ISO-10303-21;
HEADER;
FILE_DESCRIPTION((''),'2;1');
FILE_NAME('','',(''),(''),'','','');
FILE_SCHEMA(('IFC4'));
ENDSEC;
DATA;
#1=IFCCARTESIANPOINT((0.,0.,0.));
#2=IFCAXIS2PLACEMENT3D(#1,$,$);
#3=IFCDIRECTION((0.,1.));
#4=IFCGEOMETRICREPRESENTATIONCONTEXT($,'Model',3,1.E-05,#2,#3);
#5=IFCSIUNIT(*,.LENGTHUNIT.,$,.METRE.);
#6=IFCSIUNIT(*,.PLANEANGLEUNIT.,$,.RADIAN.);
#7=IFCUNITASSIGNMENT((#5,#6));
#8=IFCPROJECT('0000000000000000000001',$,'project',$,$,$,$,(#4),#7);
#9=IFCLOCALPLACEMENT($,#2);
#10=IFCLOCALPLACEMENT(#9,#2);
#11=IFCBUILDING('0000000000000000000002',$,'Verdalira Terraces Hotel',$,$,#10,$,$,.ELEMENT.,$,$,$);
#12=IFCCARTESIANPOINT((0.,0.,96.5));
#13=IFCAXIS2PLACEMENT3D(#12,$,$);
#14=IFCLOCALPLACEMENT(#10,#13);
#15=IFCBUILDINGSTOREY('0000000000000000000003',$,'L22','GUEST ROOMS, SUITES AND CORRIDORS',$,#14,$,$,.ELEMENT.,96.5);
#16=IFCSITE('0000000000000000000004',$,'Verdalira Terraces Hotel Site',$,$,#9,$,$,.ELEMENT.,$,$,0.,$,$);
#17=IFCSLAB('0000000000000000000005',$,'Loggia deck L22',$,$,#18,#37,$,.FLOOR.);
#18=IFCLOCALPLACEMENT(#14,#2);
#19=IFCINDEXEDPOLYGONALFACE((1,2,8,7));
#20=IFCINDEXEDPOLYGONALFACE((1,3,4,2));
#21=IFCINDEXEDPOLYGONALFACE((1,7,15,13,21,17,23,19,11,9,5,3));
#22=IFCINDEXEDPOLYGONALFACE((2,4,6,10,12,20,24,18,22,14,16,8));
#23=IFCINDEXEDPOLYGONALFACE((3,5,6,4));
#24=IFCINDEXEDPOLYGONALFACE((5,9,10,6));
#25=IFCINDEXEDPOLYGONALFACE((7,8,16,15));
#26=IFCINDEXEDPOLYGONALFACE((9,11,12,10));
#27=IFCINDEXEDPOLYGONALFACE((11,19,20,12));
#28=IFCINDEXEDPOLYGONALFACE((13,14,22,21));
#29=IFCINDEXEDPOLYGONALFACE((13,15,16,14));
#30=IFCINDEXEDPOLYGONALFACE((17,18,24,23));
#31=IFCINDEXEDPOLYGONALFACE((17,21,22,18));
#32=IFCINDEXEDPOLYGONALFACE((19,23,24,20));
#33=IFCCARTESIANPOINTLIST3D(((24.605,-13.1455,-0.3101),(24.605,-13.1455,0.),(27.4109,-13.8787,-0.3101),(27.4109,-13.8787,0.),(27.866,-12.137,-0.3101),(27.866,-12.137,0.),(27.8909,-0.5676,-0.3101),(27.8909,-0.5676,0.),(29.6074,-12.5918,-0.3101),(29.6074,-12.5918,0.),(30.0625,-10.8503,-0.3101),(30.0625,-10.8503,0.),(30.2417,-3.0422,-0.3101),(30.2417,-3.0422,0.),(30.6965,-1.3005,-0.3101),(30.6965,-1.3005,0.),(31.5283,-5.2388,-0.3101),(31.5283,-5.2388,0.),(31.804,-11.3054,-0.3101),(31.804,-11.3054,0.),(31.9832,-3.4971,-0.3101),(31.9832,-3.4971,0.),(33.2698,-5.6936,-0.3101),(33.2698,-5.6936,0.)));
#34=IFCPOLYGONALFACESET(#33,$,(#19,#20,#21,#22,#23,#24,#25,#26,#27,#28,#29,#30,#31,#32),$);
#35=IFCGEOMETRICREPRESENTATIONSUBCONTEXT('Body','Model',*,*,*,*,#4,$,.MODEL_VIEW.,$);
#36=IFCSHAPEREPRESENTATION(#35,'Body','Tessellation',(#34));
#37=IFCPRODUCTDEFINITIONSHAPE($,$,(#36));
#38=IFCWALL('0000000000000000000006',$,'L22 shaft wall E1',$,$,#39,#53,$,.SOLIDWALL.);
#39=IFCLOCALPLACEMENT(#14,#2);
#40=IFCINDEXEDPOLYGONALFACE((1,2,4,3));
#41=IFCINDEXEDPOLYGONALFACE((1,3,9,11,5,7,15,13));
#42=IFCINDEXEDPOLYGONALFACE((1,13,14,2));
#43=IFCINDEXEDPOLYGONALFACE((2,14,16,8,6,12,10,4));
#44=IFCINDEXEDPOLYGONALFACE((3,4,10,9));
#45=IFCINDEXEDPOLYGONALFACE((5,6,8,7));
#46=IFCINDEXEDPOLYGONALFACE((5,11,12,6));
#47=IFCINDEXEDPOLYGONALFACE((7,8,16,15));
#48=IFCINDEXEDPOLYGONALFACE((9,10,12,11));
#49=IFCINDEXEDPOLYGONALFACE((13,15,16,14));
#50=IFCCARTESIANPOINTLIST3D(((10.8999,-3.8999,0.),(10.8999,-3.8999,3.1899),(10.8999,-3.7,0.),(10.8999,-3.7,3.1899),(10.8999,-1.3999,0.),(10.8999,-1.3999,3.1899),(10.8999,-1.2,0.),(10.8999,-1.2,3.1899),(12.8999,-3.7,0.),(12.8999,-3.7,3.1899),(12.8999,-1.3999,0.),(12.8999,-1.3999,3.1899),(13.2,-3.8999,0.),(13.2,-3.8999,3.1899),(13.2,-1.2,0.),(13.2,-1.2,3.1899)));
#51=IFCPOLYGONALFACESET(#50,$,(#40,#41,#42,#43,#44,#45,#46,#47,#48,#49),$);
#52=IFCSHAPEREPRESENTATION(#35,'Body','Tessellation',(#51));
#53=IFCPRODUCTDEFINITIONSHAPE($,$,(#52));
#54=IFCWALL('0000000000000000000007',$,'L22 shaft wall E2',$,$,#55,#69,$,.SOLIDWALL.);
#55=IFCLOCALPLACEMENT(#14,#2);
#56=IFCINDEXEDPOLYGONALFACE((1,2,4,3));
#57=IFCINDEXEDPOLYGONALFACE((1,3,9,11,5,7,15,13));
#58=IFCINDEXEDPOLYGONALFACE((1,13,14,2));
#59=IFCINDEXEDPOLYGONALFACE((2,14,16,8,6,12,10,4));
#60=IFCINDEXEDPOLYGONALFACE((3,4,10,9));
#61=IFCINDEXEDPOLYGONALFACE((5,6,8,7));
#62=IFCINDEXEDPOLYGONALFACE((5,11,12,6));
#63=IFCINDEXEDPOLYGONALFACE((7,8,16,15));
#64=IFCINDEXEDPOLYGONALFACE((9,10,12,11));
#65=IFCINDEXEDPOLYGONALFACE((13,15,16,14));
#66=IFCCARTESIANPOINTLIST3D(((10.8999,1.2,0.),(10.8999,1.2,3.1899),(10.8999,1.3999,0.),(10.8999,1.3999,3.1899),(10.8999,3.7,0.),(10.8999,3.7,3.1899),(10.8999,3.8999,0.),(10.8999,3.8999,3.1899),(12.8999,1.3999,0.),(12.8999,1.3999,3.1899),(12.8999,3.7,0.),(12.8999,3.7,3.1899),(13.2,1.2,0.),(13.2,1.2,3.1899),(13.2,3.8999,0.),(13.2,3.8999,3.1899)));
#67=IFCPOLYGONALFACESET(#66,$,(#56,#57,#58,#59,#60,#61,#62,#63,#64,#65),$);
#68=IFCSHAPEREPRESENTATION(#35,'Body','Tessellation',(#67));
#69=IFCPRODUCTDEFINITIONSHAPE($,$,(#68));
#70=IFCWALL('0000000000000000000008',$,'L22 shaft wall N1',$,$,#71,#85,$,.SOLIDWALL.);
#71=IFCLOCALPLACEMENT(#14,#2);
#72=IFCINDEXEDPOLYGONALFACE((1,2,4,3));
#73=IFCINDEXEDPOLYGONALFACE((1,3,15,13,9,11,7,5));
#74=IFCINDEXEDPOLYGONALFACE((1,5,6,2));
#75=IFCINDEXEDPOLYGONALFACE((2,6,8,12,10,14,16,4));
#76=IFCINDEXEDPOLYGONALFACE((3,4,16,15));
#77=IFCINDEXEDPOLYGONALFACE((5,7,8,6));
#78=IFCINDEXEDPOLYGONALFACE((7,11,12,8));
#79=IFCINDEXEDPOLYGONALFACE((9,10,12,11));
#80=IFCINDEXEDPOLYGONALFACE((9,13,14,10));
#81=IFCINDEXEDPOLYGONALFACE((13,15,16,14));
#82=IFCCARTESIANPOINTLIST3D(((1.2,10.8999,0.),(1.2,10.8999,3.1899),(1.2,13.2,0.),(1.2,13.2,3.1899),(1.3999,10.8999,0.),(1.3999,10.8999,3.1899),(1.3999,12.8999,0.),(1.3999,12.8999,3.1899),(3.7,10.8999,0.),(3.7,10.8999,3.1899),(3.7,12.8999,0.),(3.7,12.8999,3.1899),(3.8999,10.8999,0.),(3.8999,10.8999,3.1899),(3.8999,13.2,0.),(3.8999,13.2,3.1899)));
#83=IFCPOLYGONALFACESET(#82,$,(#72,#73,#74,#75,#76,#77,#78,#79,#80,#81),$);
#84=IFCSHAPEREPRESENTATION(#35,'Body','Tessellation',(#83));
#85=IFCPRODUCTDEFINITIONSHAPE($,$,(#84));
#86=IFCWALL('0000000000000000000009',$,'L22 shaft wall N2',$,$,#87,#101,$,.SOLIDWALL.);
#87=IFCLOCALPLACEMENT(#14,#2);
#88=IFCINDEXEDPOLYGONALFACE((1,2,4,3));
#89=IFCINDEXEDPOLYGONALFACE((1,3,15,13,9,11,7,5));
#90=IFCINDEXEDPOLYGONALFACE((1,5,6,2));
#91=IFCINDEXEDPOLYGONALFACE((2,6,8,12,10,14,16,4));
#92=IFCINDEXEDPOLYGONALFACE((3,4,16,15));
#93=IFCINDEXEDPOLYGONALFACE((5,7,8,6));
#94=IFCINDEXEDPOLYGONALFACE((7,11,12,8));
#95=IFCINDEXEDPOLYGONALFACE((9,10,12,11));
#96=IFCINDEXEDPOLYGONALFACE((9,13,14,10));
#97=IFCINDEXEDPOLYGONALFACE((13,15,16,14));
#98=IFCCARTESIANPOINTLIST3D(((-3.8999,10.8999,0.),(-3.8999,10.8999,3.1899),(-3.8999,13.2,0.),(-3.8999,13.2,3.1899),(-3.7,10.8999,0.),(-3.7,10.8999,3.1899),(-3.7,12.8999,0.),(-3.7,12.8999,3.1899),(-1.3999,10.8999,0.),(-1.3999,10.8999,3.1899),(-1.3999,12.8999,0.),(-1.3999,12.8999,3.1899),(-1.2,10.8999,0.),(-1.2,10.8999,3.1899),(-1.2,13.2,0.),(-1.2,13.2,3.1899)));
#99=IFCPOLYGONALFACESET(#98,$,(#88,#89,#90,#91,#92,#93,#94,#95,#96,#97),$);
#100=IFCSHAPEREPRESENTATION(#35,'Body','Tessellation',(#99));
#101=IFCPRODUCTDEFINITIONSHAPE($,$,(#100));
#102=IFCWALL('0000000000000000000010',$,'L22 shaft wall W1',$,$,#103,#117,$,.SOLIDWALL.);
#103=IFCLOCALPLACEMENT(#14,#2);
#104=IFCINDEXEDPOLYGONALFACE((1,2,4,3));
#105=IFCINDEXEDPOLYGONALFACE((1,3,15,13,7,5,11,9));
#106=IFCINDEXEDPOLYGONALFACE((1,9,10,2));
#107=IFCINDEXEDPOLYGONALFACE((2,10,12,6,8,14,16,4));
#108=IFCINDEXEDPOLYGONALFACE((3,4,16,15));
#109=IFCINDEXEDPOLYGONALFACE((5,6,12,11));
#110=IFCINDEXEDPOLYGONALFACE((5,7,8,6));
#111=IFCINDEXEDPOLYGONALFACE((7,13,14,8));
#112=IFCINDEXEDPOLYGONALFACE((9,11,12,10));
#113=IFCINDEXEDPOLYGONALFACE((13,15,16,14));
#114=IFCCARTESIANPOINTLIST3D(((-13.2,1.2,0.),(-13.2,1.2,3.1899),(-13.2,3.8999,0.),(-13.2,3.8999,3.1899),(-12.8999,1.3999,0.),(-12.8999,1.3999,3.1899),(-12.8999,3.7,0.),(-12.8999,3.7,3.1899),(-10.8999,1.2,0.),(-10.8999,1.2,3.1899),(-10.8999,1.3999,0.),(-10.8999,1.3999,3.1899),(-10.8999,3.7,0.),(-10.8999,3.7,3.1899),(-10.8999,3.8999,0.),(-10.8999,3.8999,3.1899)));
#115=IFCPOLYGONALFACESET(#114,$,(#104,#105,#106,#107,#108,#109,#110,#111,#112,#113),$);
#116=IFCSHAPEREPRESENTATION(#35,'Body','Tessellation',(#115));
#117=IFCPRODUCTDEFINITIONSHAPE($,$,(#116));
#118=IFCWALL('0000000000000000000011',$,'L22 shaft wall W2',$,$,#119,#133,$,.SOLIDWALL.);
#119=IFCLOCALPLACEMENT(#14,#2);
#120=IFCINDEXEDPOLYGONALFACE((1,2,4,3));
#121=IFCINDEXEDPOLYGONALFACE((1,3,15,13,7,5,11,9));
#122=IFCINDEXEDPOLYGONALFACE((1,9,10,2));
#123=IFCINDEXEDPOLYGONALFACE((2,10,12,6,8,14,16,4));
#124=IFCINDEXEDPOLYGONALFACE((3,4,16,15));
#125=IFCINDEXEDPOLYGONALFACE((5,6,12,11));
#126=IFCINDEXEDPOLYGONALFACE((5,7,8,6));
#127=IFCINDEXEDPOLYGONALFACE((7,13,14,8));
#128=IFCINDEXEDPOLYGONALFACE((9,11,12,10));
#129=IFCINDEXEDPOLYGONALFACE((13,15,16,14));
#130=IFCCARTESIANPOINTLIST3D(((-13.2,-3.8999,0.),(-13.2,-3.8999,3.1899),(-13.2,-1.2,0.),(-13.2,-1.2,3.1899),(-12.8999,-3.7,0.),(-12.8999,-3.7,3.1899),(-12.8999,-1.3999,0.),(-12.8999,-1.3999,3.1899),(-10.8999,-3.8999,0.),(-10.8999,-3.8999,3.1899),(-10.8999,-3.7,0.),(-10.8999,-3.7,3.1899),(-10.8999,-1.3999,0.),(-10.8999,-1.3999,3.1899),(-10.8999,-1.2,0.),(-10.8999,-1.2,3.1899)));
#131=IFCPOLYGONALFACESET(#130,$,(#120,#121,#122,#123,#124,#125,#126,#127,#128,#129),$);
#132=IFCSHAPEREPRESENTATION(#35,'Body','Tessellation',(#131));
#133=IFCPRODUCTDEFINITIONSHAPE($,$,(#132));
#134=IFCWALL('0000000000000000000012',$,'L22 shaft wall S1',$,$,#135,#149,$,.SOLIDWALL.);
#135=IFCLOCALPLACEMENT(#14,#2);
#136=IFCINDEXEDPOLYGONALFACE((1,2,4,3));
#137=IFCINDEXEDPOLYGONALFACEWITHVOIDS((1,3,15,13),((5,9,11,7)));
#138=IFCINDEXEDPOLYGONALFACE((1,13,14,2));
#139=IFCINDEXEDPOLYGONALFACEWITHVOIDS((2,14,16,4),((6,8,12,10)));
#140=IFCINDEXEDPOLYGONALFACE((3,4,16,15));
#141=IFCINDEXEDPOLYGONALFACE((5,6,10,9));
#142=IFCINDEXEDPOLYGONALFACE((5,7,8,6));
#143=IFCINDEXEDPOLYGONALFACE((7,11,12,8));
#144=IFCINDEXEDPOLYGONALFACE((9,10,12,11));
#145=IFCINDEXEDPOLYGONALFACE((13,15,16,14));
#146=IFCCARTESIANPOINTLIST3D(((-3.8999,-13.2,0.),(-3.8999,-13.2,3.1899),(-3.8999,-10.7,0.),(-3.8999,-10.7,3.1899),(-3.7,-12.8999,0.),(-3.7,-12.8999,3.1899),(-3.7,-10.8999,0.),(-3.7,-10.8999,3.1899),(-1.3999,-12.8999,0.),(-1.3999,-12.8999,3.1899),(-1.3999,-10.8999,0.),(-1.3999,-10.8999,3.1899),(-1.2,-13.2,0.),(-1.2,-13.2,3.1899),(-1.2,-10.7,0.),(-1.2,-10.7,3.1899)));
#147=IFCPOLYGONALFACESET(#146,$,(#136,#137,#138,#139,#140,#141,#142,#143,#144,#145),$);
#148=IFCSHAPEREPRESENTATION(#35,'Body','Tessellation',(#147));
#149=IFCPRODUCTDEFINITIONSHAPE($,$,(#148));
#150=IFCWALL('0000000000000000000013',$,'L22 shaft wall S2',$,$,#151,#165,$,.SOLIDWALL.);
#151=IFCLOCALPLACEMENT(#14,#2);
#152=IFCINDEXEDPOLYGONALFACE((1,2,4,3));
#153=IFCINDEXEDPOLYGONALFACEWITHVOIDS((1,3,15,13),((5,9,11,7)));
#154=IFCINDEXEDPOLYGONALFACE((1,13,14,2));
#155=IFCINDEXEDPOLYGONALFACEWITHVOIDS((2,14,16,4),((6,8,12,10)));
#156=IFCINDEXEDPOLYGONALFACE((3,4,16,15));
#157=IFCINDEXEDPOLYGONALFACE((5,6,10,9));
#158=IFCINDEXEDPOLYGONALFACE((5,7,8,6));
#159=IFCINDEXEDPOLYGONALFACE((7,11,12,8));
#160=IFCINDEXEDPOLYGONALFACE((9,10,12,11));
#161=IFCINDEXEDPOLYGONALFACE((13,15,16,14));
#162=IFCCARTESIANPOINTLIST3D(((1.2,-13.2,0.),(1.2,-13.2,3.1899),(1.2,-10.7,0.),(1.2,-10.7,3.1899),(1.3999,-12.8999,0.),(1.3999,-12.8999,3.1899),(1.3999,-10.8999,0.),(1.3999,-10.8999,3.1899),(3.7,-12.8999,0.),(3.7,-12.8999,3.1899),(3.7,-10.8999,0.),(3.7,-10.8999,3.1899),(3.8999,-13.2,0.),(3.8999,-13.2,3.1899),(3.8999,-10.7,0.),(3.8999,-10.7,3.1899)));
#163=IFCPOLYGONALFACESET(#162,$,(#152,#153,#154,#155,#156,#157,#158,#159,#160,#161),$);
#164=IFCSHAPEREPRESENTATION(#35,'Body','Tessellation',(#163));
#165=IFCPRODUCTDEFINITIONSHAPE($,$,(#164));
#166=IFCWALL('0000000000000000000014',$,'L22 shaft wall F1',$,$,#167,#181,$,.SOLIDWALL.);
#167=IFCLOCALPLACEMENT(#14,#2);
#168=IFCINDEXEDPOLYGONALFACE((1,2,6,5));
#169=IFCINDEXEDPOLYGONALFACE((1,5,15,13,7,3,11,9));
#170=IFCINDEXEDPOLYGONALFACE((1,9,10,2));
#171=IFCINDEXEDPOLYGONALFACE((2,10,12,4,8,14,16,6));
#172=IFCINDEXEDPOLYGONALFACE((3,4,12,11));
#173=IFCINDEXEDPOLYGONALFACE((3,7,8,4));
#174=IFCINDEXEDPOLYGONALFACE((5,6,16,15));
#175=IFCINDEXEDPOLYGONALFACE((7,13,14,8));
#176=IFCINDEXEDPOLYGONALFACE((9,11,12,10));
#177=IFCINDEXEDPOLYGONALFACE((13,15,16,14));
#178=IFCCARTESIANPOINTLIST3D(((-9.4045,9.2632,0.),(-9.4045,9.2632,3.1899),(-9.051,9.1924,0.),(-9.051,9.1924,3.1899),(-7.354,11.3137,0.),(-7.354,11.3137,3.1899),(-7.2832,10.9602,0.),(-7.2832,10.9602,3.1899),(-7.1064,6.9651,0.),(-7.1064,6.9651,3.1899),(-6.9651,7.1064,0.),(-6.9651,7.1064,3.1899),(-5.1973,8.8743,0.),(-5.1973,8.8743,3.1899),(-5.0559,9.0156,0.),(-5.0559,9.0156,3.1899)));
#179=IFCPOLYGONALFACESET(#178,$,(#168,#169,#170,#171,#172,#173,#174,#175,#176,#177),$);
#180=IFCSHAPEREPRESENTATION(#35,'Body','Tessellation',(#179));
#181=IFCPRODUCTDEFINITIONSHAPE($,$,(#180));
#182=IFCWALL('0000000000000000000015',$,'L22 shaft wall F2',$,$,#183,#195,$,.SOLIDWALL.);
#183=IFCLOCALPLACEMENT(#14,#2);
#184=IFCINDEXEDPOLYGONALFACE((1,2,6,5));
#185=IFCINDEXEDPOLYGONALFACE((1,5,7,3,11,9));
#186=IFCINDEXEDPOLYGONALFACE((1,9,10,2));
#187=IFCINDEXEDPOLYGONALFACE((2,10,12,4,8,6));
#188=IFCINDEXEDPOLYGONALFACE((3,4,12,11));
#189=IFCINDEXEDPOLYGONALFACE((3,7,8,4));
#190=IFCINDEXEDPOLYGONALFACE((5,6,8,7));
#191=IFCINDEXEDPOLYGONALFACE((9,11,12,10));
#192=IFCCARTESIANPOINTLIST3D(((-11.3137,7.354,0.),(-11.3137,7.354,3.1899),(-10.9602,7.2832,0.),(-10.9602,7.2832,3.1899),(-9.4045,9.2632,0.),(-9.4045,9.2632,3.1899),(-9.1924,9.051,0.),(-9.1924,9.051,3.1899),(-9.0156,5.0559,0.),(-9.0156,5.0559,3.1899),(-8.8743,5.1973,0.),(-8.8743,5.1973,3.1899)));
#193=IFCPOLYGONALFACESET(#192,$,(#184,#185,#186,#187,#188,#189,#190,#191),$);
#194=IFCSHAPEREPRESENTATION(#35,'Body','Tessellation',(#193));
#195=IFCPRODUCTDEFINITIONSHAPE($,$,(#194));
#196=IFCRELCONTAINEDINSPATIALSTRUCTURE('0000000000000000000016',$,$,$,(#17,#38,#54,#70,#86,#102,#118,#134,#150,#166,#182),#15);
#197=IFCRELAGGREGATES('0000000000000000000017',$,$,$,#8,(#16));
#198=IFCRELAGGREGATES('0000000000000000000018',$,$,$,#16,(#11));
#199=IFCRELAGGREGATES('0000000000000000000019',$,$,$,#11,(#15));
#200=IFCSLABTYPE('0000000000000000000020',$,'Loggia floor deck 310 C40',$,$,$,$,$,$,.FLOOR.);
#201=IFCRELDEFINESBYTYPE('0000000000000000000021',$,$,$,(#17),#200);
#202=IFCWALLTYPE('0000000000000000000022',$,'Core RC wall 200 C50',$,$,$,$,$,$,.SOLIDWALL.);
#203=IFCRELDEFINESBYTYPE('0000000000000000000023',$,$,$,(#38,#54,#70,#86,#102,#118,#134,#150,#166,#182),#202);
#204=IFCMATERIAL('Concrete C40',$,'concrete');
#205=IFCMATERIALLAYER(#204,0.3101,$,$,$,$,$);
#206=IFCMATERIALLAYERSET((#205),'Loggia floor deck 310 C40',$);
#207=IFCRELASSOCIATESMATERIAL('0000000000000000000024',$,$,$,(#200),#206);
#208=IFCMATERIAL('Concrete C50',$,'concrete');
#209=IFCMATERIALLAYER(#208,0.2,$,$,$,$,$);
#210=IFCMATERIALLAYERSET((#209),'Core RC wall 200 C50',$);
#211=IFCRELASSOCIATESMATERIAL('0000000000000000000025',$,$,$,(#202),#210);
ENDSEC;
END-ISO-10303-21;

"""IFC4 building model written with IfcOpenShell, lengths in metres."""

from ifc_helpers import new_model, si_unit, direction, frame, origin, place, context, subcontext, project, spatial, polyline, outline, extrude, material, layer, layer_set, type_object, element, save


model = new_model("IFC4")

# Units and contexts
model_context = context("Model", 3, precision=1e-05, world=origin(), true_north=direction((0.0, 1.0)))
body_context = subcontext(model_context, "Body", "Model", "MODEL_VIEW")
ifc_project = project(units=[si_unit("LENGTHUNIT", "METRE"), si_unit("PLANEANGLEUNIT", "RADIAN")], contexts=[model_context])

# Site, building, storey
site_placement = place(None, origin())
site = spatial("IfcSite", under=ifc_project, at=site_placement, Name="Verdalira Terraces Hotel Site", CompositionType="ELEMENT", RefElevation=0.0)
building_placement = place(site_placement, origin())
building = spatial("IfcBuilding", under=site, at=building_placement, Name="Verdalira Terraces Hotel", CompositionType="ELEMENT")
storey_placement = place(building_placement, frame((0.0, 0.0, 96.5)))
storey = spatial("IfcBuildingStorey", under=building, at=storey_placement, Name="L22", Description="GUEST ROOMS, SUITES AND CORRIDORS", CompositionType="ELEMENT", Elevation=96.5)

# Slab
ifc_material_1 = material(Name="Concrete C40", Category="concrete")
ifc_layer_1 = layer(ifc_material_1, 0.3101)
ifc_layer_set_1 = layer_set([ifc_layer_1], Name="Loggia floor deck 310 C40")
slab_type_1 = type_object("IfcSlabType", Name="Loggia floor deck 310 C40", PredefinedType="FLOOR", material=ifc_layer_set_1)
slab_1_placement = place(storey_placement, frame((0.0, 0.0, -0.3101)))
element("IfcSlab", 1, at=slab_1_placement, inside=storey, type_object=slab_type_1, Name="Loggia deck L22", PredefinedType="FLOOR", context=body_context, shape_type="SweptSolid", body=[
    extrude(outline(polyline([(30.6965, -1.3005), (27.8909, -0.5676), (24.605, -13.1455), (27.4109, -13.8787), (27.866, -12.137), (29.6074, -12.5918), (30.0625, -10.8503), (31.804, -11.3054), (33.2698, -5.6936), (31.5283, -5.2388), (31.9832, -3.4971), (30.2417, -3.0422), (30.6965, -1.3005)])), origin(), (0.0, 0.0, 1.0), 0.3101),
])

# Walls
ifc_material_2 = material(Name="Concrete C50", Category="concrete")
ifc_layer_2 = layer(ifc_material_2, 0.2)
ifc_layer_set_2 = layer_set([ifc_layer_2], Name="Core RC wall 200 C50")
wall_type = type_object("IfcWallType", Name="Core RC wall 200 C50", PredefinedType="SOLIDWALL", material=ifc_layer_set_2)
wall_1_placement = place(storey_placement, origin())
element("IfcWall", 2, at=wall_1_placement, inside=storey, type_object=wall_type, Name="L22 shaft wall E1", PredefinedType="SOLIDWALL", context=body_context, shape_type="SweptSolid", body=[
    extrude(outline(polyline([(13.2, -3.8999), (10.8999, -3.8999), (10.8999, -3.7), (12.8999, -3.7), (12.8999, -1.3999), (10.8999, -1.3999), (10.8999, -1.2), (13.2, -1.2), (13.2, -3.8999)])), origin(), (0.0, 0.0, 1.0), 3.1899),
])
wall_2_placement = place(storey_placement, origin())
element("IfcWall", 3, at=wall_2_placement, inside=storey, type_object=wall_type, Name="L22 shaft wall E2", PredefinedType="SOLIDWALL", context=body_context, shape_type="SweptSolid", body=[
    extrude(outline(polyline([(13.2, 3.8999), (13.2, 1.2), (10.8999, 1.2), (10.8999, 1.3999), (12.8999, 1.3999), (12.8999, 3.7), (10.8999, 3.7), (10.8999, 3.8999), (13.2, 3.8999)])), origin(), (0.0, 0.0, 1.0), 3.1899),
])
wall_3_placement = place(storey_placement, origin())
element("IfcWall", 4, at=wall_3_placement, inside=storey, type_object=wall_type, Name="L22 shaft wall N1", PredefinedType="SOLIDWALL", context=body_context, shape_type="SweptSolid", body=[
    extrude(outline(polyline([(3.8999, 13.2), (3.8999, 10.8999), (3.7, 10.8999), (3.7, 12.8999), (1.3999, 12.8999), (1.3999, 10.8999), (1.2, 10.8999), (1.2, 13.2), (3.8999, 13.2)])), origin(), (0.0, 0.0, 1.0), 3.1899),
])
wall_4_placement = place(storey_placement, origin())
element("IfcWall", 5, at=wall_4_placement, inside=storey, type_object=wall_type, Name="L22 shaft wall N2", PredefinedType="SOLIDWALL", context=body_context, shape_type="SweptSolid", body=[
    extrude(outline(polyline([(-3.8999, 10.8999), (-3.8999, 13.2), (-1.2, 13.2), (-1.2, 10.8999), (-1.3999, 10.8999), (-1.3999, 12.8999), (-3.7, 12.8999), (-3.7, 10.8999), (-3.8999, 10.8999)])), origin(), (0.0, 0.0, 1.0), 3.1899),
])
wall_5_placement = place(storey_placement, origin())
element("IfcWall", 6, at=wall_5_placement, inside=storey, type_object=wall_type, Name="L22 shaft wall W1", PredefinedType="SOLIDWALL", context=body_context, shape_type="SweptSolid", body=[
    extrude(outline(polyline([(-13.2, 3.8999), (-10.8999, 3.8999), (-10.8999, 3.7), (-12.8999, 3.7), (-12.8999, 1.3999), (-10.8999, 1.3999), (-10.8999, 1.2), (-13.2, 1.2), (-13.2, 3.8999)])), origin(), (0.0, 0.0, 1.0), 3.1899),
])
wall_6_placement = place(storey_placement, origin())
element("IfcWall", 7, at=wall_6_placement, inside=storey, type_object=wall_type, Name="L22 shaft wall W2", PredefinedType="SOLIDWALL", context=body_context, shape_type="SweptSolid", body=[
    extrude(outline(polyline([(-13.2, -3.8999), (-13.2, -1.2), (-10.8999, -1.2), (-10.8999, -1.3999), (-12.8999, -1.3999), (-12.8999, -3.7), (-10.8999, -3.7), (-10.8999, -3.8999), (-13.2, -3.8999)])), origin(), (0.0, 0.0, 1.0), 3.1899),
])
wall_7_placement = place(storey_placement, origin())
element("IfcWall", 8, at=wall_7_placement, inside=storey, type_object=wall_type, Name="L22 shaft wall S1", PredefinedType="SOLIDWALL", context=body_context, shape_type="SweptSolid", body=[
    extrude(outline(polyline([(-1.2, -13.2), (-3.8999, -13.2), (-3.8999, -10.7), (-1.2, -10.7), (-1.2, -13.2)]), holes=[polyline([(-3.7, -10.8999), (-3.7, -12.8999), (-1.3999, -12.8999), (-1.3999, -10.8999), (-3.7, -10.8999)])]), origin(), (0.0, 0.0, 1.0), 3.1899),
])
wall_8_placement = place(storey_placement, origin())
element("IfcWall", 9, at=wall_8_placement, inside=storey, type_object=wall_type, Name="L22 shaft wall S2", PredefinedType="SOLIDWALL", context=body_context, shape_type="SweptSolid", body=[
    extrude(outline(polyline([(3.8999, -10.7), (3.8999, -13.2), (1.2, -13.2), (1.2, -10.7), (3.8999, -10.7)]), holes=[polyline([(1.3999, -12.8999), (3.7, -12.8999), (3.7, -10.8999), (1.3999, -10.8999), (1.3999, -12.8999)])]), origin(), (0.0, 0.0, 1.0), 3.1899),
])
wall_9_placement = place(storey_placement, origin())
element("IfcWall", 10, at=wall_9_placement, inside=storey, type_object=wall_type, Name="L22 shaft wall F1", PredefinedType="SOLIDWALL", context=body_context, shape_type="SweptSolid", body=[
    extrude(outline(polyline([(-9.4045, 9.2632), (-7.354, 11.3137), (-5.0559, 9.0156), (-5.1973, 8.8743), (-7.2832, 10.9602), (-9.051, 9.1924), (-6.9651, 7.1064), (-7.1064, 6.9651), (-9.4045, 9.2632)])), origin(), (0.0, 0.0, 1.0), 3.1899),
])
wall_10_placement = place(storey_placement, origin())
element("IfcWall", 11, at=wall_10_placement, inside=storey, type_object=wall_type, Name="L22 shaft wall F2", PredefinedType="SOLIDWALL", context=body_context, shape_type="SweptSolid", body=[
    extrude(outline(polyline([(-11.3137, 7.354), (-9.4045, 9.2632), (-9.1924, 9.051), (-10.9602, 7.2832), (-8.8743, 5.1973), (-9.0156, 5.0559), (-11.3137, 7.354)])), origin(), (0.0, 0.0, 1.0), 3.1899),
])

save(model, "model.ifc")
